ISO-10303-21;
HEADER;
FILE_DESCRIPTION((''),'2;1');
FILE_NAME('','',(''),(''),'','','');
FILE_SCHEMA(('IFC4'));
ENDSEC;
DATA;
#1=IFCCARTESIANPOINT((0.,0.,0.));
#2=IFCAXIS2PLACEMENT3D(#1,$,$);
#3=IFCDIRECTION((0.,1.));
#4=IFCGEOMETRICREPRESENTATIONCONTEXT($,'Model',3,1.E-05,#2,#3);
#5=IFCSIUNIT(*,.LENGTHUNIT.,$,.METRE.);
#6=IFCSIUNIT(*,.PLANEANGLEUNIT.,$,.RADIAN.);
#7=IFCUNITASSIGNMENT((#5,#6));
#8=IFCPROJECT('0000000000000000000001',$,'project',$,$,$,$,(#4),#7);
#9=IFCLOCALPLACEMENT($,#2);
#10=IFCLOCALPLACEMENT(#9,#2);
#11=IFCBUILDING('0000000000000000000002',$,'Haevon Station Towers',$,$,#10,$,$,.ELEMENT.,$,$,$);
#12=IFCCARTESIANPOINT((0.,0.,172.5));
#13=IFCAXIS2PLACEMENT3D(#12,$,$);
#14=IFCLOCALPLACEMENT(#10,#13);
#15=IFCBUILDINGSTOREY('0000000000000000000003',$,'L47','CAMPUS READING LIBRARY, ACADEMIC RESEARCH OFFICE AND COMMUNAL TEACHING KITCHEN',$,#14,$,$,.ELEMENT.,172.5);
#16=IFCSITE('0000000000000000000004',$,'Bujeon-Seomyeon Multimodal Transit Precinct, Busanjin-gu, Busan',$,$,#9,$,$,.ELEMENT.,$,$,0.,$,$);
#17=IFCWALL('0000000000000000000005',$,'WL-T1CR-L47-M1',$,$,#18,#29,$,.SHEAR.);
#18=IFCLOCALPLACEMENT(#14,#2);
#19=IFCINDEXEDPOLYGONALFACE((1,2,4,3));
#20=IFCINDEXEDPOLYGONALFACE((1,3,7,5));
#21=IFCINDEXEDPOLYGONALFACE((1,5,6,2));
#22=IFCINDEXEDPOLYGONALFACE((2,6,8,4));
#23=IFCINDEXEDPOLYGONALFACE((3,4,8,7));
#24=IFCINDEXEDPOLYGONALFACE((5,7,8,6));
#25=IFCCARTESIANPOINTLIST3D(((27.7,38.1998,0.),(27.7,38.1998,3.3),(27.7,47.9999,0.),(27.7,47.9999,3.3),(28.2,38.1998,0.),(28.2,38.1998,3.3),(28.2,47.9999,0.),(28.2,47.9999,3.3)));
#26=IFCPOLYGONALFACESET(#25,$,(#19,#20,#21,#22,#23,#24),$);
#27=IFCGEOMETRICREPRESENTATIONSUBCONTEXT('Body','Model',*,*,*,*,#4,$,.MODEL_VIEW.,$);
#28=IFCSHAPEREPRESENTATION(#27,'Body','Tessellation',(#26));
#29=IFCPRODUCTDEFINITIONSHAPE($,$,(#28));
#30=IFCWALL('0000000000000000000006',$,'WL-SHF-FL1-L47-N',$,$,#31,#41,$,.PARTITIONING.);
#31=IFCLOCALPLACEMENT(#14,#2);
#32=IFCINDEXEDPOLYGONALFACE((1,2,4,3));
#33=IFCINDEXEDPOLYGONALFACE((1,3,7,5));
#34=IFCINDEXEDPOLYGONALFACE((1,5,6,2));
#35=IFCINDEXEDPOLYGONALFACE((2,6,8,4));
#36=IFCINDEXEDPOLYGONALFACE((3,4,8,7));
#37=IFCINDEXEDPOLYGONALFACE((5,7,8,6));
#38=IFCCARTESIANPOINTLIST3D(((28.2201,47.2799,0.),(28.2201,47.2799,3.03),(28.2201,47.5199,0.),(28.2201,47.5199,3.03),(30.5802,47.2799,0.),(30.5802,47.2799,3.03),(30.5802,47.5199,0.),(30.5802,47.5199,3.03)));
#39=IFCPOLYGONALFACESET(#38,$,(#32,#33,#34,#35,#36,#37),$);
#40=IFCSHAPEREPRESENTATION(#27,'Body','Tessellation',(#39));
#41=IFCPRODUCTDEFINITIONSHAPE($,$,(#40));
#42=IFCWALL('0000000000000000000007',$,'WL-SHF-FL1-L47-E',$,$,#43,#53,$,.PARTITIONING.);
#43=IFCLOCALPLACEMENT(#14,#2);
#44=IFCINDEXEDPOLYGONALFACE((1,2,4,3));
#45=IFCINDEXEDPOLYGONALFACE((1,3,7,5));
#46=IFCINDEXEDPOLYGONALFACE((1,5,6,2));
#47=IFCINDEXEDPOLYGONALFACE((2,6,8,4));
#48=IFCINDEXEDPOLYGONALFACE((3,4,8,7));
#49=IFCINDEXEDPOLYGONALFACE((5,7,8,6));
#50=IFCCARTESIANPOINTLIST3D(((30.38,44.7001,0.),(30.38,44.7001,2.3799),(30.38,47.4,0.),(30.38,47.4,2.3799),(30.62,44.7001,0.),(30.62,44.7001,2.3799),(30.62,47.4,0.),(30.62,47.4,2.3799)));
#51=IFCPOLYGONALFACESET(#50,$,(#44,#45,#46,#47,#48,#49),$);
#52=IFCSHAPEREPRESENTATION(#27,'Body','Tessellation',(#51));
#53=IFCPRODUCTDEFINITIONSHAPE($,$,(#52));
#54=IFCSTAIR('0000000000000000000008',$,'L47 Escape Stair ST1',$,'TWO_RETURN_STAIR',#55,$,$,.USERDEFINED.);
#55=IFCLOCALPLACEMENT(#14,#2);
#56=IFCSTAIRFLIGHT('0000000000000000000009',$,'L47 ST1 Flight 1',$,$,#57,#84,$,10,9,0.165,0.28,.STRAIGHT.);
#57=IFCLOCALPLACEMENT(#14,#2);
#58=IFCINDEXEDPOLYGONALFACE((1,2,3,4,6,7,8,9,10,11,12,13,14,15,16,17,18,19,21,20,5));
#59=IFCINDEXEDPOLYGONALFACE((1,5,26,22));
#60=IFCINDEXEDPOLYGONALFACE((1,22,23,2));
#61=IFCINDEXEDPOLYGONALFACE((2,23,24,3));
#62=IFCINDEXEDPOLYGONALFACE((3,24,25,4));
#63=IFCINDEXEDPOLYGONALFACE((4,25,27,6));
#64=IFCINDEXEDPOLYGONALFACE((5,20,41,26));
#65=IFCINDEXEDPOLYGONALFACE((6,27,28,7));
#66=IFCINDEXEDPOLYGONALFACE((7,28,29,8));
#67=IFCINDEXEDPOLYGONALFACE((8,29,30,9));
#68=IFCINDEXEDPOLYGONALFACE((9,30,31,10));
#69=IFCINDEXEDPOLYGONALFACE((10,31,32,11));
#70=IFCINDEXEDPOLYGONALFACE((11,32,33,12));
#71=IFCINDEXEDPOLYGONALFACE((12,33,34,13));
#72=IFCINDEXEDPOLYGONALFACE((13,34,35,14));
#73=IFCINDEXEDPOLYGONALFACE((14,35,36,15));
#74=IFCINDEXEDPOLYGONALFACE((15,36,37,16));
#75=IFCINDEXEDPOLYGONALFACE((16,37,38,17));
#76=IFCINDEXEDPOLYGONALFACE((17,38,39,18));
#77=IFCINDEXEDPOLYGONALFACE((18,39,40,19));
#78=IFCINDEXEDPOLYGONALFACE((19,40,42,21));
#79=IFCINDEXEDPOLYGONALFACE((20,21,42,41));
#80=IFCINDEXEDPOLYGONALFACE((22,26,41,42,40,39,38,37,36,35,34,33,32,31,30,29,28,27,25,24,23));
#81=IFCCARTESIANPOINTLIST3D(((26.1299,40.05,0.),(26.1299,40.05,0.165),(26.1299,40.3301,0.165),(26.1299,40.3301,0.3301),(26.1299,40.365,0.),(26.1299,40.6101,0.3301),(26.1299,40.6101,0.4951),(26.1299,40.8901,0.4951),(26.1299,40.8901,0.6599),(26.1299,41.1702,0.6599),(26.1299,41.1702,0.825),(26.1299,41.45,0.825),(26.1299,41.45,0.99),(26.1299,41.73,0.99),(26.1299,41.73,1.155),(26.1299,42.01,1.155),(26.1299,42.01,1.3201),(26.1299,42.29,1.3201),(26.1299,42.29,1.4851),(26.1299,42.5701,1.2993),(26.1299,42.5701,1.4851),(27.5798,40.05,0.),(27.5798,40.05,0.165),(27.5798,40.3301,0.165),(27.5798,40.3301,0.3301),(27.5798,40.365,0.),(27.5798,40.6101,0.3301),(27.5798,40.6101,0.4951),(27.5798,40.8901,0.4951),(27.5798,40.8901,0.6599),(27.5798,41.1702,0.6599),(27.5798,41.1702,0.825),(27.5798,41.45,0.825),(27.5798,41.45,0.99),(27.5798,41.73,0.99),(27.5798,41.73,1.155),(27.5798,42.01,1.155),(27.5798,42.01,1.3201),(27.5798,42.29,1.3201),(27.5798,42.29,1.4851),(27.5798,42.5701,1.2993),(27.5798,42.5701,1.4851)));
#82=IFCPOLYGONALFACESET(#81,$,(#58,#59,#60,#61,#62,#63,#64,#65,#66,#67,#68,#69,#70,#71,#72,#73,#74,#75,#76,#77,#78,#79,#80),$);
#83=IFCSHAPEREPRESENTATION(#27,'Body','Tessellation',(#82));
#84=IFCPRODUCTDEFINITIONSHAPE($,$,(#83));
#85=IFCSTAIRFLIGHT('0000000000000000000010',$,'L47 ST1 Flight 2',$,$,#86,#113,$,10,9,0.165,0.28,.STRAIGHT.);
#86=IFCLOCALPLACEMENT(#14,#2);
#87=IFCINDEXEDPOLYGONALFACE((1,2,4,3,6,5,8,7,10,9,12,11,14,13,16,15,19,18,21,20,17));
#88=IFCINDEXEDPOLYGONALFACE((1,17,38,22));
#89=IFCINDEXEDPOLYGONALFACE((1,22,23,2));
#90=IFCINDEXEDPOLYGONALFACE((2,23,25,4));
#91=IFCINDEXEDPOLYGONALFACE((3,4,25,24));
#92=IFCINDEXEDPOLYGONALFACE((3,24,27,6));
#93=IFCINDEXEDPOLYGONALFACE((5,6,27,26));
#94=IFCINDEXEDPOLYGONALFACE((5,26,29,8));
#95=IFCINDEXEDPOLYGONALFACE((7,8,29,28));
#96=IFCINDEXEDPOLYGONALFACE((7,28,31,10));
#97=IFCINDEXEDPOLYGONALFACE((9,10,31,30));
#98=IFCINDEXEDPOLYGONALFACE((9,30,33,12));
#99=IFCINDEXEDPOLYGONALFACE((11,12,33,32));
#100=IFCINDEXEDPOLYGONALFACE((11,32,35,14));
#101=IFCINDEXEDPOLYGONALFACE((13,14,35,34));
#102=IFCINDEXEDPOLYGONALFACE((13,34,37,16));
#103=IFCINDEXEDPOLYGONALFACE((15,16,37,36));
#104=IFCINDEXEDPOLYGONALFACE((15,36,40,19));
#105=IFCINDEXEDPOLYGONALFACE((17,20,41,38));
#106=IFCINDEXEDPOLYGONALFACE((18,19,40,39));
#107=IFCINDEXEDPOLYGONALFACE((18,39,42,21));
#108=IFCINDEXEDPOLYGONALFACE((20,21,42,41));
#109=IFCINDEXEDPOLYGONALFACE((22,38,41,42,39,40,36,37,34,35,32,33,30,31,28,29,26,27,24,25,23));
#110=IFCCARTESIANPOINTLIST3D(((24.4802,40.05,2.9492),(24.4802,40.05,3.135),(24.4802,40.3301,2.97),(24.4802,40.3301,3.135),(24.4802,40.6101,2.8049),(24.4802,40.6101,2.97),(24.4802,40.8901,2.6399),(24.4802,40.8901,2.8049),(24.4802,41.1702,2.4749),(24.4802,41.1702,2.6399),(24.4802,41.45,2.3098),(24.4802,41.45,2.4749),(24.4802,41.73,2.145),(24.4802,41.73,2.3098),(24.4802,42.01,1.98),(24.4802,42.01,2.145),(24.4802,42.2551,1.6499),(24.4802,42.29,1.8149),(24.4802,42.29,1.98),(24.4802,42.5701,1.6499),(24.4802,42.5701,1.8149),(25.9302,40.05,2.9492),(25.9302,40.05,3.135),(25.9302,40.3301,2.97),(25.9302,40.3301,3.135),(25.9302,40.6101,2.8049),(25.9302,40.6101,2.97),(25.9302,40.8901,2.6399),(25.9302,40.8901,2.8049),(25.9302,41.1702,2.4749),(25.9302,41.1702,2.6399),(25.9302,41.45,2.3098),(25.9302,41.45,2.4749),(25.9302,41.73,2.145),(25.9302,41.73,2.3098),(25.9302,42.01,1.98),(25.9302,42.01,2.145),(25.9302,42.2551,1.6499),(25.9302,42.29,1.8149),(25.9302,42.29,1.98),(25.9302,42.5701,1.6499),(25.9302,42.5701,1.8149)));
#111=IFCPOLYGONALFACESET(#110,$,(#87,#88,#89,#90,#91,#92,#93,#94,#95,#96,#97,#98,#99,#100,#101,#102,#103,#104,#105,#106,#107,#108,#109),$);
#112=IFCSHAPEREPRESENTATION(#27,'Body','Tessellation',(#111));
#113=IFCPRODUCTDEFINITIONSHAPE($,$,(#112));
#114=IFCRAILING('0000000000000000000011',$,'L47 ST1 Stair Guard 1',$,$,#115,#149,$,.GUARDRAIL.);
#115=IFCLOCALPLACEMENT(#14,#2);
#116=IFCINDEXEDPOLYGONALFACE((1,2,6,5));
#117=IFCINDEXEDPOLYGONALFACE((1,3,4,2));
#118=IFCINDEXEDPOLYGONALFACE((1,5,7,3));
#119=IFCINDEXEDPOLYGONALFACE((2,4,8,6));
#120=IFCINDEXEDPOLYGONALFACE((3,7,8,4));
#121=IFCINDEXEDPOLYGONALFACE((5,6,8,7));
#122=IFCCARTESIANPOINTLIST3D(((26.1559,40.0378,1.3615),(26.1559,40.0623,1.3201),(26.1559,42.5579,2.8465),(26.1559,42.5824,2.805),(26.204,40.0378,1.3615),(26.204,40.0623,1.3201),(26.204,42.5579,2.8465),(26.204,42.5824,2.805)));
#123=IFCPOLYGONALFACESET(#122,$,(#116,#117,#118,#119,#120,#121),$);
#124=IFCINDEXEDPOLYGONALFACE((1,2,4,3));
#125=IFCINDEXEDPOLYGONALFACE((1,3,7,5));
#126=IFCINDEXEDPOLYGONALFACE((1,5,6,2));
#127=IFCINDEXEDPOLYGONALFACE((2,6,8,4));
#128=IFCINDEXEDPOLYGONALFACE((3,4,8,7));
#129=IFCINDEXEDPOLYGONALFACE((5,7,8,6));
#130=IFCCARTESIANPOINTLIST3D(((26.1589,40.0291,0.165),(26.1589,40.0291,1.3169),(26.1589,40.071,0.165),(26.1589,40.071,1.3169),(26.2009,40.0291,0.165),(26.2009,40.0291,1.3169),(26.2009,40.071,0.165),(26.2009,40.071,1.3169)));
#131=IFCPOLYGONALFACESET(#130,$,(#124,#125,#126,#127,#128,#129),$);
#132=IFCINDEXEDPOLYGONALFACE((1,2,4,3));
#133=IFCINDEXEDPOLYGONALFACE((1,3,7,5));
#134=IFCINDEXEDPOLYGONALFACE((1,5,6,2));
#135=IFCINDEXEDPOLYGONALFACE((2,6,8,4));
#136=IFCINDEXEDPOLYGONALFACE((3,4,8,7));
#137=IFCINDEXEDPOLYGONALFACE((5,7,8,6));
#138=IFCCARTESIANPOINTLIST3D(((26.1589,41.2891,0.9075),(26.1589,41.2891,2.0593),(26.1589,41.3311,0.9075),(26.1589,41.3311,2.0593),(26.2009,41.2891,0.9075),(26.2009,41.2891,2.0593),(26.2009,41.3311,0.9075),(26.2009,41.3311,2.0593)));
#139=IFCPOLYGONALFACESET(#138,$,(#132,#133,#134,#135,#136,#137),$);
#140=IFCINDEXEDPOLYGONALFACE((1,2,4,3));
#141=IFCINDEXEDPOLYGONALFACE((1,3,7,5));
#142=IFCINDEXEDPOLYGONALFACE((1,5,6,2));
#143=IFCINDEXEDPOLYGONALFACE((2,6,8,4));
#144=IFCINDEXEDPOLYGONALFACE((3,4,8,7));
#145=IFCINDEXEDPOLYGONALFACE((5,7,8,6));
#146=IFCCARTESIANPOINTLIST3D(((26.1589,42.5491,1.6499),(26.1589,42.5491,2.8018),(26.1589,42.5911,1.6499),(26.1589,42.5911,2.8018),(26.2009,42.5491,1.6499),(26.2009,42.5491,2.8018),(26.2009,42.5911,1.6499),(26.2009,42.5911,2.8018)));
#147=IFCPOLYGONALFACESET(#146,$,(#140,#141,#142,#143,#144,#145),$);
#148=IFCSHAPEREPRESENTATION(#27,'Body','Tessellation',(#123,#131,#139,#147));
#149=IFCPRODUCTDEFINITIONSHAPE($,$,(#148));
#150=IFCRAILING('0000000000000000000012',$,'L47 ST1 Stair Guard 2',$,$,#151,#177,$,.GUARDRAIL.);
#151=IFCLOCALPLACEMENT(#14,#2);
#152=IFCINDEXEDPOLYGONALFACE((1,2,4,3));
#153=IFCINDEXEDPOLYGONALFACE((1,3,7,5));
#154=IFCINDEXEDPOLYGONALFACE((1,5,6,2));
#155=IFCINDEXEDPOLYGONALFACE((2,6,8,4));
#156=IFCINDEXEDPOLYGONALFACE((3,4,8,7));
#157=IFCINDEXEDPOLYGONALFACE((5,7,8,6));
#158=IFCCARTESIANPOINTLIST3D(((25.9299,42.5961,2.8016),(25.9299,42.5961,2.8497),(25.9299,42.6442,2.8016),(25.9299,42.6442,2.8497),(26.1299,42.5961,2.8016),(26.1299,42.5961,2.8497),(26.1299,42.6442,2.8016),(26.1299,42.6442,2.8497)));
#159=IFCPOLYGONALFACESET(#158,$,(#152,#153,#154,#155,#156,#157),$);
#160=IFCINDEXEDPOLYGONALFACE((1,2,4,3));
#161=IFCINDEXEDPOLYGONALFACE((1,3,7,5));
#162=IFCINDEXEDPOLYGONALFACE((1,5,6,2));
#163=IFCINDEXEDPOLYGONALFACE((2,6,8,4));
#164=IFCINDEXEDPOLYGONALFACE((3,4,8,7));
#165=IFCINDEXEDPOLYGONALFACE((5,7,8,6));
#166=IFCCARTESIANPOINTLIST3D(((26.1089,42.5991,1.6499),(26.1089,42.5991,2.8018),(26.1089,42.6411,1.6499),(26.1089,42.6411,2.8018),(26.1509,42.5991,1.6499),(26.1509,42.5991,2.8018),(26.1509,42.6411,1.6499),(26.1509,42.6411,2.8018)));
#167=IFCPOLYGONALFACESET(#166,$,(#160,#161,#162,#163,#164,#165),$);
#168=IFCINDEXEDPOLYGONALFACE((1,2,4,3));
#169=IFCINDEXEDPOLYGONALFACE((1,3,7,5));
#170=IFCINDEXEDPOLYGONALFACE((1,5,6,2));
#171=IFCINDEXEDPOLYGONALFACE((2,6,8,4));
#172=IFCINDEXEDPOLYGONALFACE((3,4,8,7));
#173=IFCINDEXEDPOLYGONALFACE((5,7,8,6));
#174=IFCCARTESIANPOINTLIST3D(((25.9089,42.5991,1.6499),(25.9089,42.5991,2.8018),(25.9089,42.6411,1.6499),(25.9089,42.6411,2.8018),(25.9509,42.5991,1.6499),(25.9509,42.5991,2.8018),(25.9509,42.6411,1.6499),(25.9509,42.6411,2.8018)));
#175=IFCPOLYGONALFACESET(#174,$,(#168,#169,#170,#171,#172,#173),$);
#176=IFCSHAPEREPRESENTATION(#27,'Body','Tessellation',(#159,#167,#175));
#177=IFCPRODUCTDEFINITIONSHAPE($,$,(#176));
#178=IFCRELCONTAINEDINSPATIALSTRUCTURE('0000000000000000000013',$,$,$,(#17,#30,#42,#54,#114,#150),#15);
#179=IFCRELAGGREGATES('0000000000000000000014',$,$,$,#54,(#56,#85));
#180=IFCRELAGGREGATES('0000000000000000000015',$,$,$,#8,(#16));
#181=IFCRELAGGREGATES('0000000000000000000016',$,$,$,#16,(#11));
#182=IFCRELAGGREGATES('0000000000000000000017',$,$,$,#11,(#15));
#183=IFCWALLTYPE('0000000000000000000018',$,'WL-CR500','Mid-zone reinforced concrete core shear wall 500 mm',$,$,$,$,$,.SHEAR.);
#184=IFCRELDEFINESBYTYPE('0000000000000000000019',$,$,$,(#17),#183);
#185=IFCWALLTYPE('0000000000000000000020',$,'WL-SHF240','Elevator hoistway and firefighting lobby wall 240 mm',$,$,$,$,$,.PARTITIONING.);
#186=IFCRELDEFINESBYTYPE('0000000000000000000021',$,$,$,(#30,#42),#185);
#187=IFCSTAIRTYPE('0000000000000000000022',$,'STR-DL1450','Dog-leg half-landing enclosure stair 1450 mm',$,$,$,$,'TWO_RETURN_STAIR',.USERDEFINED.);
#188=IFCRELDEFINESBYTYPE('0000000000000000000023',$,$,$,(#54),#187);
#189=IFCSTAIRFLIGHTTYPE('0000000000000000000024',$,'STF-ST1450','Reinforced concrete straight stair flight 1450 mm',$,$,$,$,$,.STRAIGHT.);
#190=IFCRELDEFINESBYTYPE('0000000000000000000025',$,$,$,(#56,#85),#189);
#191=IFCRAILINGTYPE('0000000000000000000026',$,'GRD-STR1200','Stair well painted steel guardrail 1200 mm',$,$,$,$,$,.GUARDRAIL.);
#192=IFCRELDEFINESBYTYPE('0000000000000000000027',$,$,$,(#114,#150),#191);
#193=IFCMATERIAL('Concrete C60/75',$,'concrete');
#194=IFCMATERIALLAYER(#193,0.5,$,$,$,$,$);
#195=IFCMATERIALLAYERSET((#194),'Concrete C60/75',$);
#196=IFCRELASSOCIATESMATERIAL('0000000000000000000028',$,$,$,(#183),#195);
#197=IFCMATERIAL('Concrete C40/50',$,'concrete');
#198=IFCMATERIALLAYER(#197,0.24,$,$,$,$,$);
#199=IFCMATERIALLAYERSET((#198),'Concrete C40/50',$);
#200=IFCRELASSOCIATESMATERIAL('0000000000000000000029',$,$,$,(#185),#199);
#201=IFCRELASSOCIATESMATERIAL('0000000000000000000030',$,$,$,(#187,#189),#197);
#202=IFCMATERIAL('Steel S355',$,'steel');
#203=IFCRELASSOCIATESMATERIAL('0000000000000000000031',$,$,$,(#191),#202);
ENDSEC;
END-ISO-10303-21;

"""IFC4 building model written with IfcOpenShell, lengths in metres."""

from ifc_helpers import new_model, si_unit, direction, frame, frame_2d, origin, origin_2d, place, context, subcontext, project, spatial, polyline, rectangle, outline, extrude, material, layer, layer_set, type_object, element, aggregate, save


model = new_model("IFC4")

# Units and contexts
model_context = context("Model", 3, precision=1e-05, world=origin(), true_north=direction((0.0, 1.0)))
body_context = subcontext(model_context, "Body", "Model", "MODEL_VIEW")
ifc_project = project(units=[si_unit("LENGTHUNIT", "METRE"), si_unit("PLANEANGLEUNIT", "RADIAN")], contexts=[model_context])

# Site, building, storey
site_placement = place(None, origin())
site = spatial("IfcSite", under=ifc_project, at=site_placement, Name="Bujeon-Seomyeon Multimodal Transit Precinct, Busanjin-gu, Busan", CompositionType="ELEMENT", RefElevation=0.0)
building_placement = place(site_placement, origin())
building = spatial("IfcBuilding", under=site, at=building_placement, Name="Haevon Station Towers", CompositionType="ELEMENT")
storey_placement = place(building_placement, frame((0.0, 0.0, 172.5)))
storey = spatial("IfcBuildingStorey", under=building, at=storey_placement, Name="L47", Description="CAMPUS READING LIBRARY, ACADEMIC RESEARCH OFFICE AND COMMUNAL TEACHING KITCHEN", CompositionType="ELEMENT", Elevation=172.5)

# Shared definitions
ifc_material_1 = material(Name="Steel S355", Category="steel")

# Wall
ifc_material_2 = material(Name="Concrete C60/75", Category="concrete")
ifc_layer_1 = layer(ifc_material_2, 0.5)
ifc_layer_set_1 = layer_set([ifc_layer_1], Name="Concrete C60/75")
wall_type_1 = type_object("IfcWallType", Name="WL-CR500", Description="Mid-zone reinforced concrete core shear wall 500 mm", PredefinedType="SHEAR", material=ifc_layer_set_1)
wall_1_placement = place(storey_placement, frame((27.95, 38.2, 0.0), z_axis=(0.0, 0.0, 1.0), x_axis=(0.0, 1.0, 0.0)))
element("IfcWall", 1, at=wall_1_placement, inside=storey, type_object=wall_type_1, Name="WL-T1CR-L47-M1", PredefinedType="SHEAR", context=body_context, shape_type="SweptSolid", body=[
    extrude(rectangle(XDim=9.8, YDim=0.5, at=frame_2d((4.8999, 0.0))), origin(), (0.0, 0.0, 1.0), 3.3),
])

# Shared definitions
ifc_material_3 = material(Name="Concrete C40/50", Category="concrete")
ifc_layer_2 = layer(ifc_material_3, 0.24)
ifc_layer_set_2 = layer_set([ifc_layer_2], Name="Concrete C40/50")
wall_type_2 = type_object("IfcWallType", Name="WL-SHF240", Description="Elevator hoistway and firefighting lobby wall 240 mm", PredefinedType="PARTITIONING", material=ifc_layer_set_2)

# Walls
wall_2_placement = place(storey_placement, frame((28.22, 47.3999, 0.0), z_axis=(0.0, 0.0, 1.0), x_axis=(1.0, 0.0, 0.0)))
element("IfcWall", 2, at=wall_2_placement, inside=storey, type_object=wall_type_2, Name="WL-SHF-FL1-L47-N", PredefinedType="PARTITIONING", context=body_context, shape_type="SweptSolid", body=[
    extrude(rectangle(XDim=2.3601, YDim=0.24, at=frame_2d((1.1802, 0.0))), origin(), (0.0, 0.0, 1.0), 3.03),
])
wall_3_placement = place(storey_placement, frame((30.5, 44.7, 0.0), z_axis=(0.0, 0.0, 1.0), x_axis=(0.0, 1.0, 0.0)))
element("IfcWall", 3, at=wall_3_placement, inside=storey, type_object=wall_type_2, Name="WL-SHF-FL1-L47-E", PredefinedType="PARTITIONING", context=body_context, shape_type="SweptSolid", body=[
    extrude(rectangle(XDim=2.7, YDim=0.24, at=frame_2d((1.3501, 0.0))), origin(), (0.0, 0.0, 1.0), 2.3799),
])

# Stair, stair flights
stair_type = type_object("IfcStairType", Name="STR-DL1450", Description="Dog-leg half-landing enclosure stair 1450 mm", ElementType="TWO_RETURN_STAIR", PredefinedType="USERDEFINED", material=ifc_material_3)
stair_placement = place(storey_placement, origin())
stair = element("IfcStair", 4, at=stair_placement, inside=storey, type_object=stair_type, Name="L47 Escape Stair ST1", ObjectType="TWO_RETURN_STAIR", PredefinedType="USERDEFINED")
stair_flight_type = type_object("IfcStairFlightType", Name="STF-ST1450", Description="Reinforced concrete straight stair flight 1450 mm", PredefinedType="STRAIGHT", material=ifc_material_3)
stair_flight_1_placement = place(storey_placement, frame((26.855, 40.05, 0.0), z_axis=(0.0, 0.0, 1.0), x_axis=(0.0, 1.0, 0.0)))
stair_flight_1 = element("IfcStairFlight", 5, at=stair_flight_1_placement, type_object=stair_flight_type, Name="L47 ST1 Flight 1", NumberOfRisers=10, NumberOfTreads=9, PredefinedType="STRAIGHT", RiserHeight=0.165, TreadLength=0.28, context=body_context, shape_type="SweptSolid", body=[
    extrude(outline(polyline([(0.0, 0.0), (0.0, 0.165), (0.28, 0.165), (0.28, 0.3301), (0.5601, 0.3301), (0.5601, 0.4951), (0.8401, 0.4951), (0.8401, 0.6599), (1.1201, 0.6599), (1.1201, 0.825), (1.3999, 0.825), (1.3999, 0.99), (1.6799, 0.99), (1.6799, 1.155), (1.96, 1.155), (1.96, 1.3201), (2.24, 1.3201), (2.24, 1.4851), (2.52, 1.4851), (2.52, 1.6499), (2.52, 1.2993), (0.3149, 0.0), (0.0, 0.0)])), frame((0.0, 0.7251, 0.0), z_axis=(0.0, -1.0, 0.0), x_axis=(1.0, 0.0, 0.0)), (0.0, 0.0, 1.0), 1.45),
])
stair_flight_2_placement = place(storey_placement, frame((25.2051, 42.5701, 1.6499), z_axis=(0.0, 0.0, 1.0), x_axis=(0.0, -1.0, 0.0)))
stair_flight_2 = element("IfcStairFlight", 6, at=stair_flight_2_placement, type_object=stair_flight_type, Name="L47 ST1 Flight 2", NumberOfRisers=10, NumberOfTreads=9, PredefinedType="STRAIGHT", RiserHeight=0.165, TreadLength=0.28, context=body_context, shape_type="SweptSolid", body=[
    extrude(outline(polyline([(0.0, 0.0), (0.0, 0.165), (0.28, 0.165), (0.28, 0.3301), (0.5601, 0.3301), (0.5601, 0.4951), (0.8401, 0.4951), (0.8401, 0.6599), (1.1201, 0.6599), (1.1201, 0.825), (1.3999, 0.825), (1.3999, 0.99), (1.6799, 0.99), (1.6799, 1.155), (1.96, 1.155), (1.96, 1.3201), (2.24, 1.3201), (2.24, 1.4851), (2.52, 1.4851), (2.52, 1.6499), (2.52, 1.2993), (0.3149, 0.0), (0.0, 0.0)])), frame((0.0, 0.7251, 0.0), z_axis=(0.0, -1.0, 0.0), x_axis=(1.0, 0.0, 0.0)), (0.0, 0.0, 1.0), 1.45),
])
aggregate(stair, [stair_flight_1, stair_flight_2])

# Railings
railing_type_1 = type_object("IfcRailingType", Name="GRD-STR1200", Description="Stair well painted steel guardrail 1200 mm", PredefinedType="GUARDRAIL", material=ifc_material_1)
railing_1_placement = place(storey_placement, frame((26.1799, 40.05, 0.165)))
element("IfcRailing", 7, at=railing_1_placement, inside=storey, type_object=railing_type_1, Name="L47 ST1 Stair Guard 1", PredefinedType="GUARDRAIL", context=body_context, shape_type="SweptSolid", body=[
    extrude(rectangle(XDim=0.0481, YDim=0.0481, at=origin_2d()), frame((0.0, 0.0, 1.1758), z_axis=(0.0, 0.861561, 0.507655), x_axis=(-1.0, 0.0, 0.0)), (0.0, 0.0, 1.0), 2.925),
    extrude(rectangle(XDim=0.042, YDim=0.042, at=origin_2d()), origin(), (0.0, 0.0, 1.0), 1.1519),
    extrude(rectangle(XDim=0.042, YDim=0.042, at=origin_2d()), frame((0.0, 1.26, 0.7424)), (0.0, 0.0, 1.0), 1.1519),
    extrude(rectangle(XDim=0.042, YDim=0.042, at=origin_2d()), frame((0.0, 2.52, 1.4849)), (0.0, 0.0, 1.0), 1.1519),
])
railing_2_placement = place(storey_placement, frame((26.1299, 42.6201, 1.6499)))
element("IfcRailing", 8, at=railing_2_placement, inside=storey, type_object=railing_type_1, Name="L47 ST1 Stair Guard 2", PredefinedType="GUARDRAIL", context=body_context, shape_type="SweptSolid", body=[
    extrude(rectangle(XDim=0.0481, YDim=0.0481, at=origin_2d()), frame((0.0, 0.0, 1.1758), z_axis=(-1.0, 0.0, 0.0), x_axis=(0.0, -1.0, 0.0)), (0.0, 0.0, 1.0), 0.2),
    extrude(rectangle(XDim=0.042, YDim=0.042, at=origin_2d()), origin(), (0.0, 0.0, 1.0), 1.1519),
    extrude(rectangle(XDim=0.042, YDim=0.042, at=origin_2d()), frame((-0.2, 0.0, 0.0)), (0.0, 0.0, 1.0), 1.1519),
])

save(model, "model.ifc")
